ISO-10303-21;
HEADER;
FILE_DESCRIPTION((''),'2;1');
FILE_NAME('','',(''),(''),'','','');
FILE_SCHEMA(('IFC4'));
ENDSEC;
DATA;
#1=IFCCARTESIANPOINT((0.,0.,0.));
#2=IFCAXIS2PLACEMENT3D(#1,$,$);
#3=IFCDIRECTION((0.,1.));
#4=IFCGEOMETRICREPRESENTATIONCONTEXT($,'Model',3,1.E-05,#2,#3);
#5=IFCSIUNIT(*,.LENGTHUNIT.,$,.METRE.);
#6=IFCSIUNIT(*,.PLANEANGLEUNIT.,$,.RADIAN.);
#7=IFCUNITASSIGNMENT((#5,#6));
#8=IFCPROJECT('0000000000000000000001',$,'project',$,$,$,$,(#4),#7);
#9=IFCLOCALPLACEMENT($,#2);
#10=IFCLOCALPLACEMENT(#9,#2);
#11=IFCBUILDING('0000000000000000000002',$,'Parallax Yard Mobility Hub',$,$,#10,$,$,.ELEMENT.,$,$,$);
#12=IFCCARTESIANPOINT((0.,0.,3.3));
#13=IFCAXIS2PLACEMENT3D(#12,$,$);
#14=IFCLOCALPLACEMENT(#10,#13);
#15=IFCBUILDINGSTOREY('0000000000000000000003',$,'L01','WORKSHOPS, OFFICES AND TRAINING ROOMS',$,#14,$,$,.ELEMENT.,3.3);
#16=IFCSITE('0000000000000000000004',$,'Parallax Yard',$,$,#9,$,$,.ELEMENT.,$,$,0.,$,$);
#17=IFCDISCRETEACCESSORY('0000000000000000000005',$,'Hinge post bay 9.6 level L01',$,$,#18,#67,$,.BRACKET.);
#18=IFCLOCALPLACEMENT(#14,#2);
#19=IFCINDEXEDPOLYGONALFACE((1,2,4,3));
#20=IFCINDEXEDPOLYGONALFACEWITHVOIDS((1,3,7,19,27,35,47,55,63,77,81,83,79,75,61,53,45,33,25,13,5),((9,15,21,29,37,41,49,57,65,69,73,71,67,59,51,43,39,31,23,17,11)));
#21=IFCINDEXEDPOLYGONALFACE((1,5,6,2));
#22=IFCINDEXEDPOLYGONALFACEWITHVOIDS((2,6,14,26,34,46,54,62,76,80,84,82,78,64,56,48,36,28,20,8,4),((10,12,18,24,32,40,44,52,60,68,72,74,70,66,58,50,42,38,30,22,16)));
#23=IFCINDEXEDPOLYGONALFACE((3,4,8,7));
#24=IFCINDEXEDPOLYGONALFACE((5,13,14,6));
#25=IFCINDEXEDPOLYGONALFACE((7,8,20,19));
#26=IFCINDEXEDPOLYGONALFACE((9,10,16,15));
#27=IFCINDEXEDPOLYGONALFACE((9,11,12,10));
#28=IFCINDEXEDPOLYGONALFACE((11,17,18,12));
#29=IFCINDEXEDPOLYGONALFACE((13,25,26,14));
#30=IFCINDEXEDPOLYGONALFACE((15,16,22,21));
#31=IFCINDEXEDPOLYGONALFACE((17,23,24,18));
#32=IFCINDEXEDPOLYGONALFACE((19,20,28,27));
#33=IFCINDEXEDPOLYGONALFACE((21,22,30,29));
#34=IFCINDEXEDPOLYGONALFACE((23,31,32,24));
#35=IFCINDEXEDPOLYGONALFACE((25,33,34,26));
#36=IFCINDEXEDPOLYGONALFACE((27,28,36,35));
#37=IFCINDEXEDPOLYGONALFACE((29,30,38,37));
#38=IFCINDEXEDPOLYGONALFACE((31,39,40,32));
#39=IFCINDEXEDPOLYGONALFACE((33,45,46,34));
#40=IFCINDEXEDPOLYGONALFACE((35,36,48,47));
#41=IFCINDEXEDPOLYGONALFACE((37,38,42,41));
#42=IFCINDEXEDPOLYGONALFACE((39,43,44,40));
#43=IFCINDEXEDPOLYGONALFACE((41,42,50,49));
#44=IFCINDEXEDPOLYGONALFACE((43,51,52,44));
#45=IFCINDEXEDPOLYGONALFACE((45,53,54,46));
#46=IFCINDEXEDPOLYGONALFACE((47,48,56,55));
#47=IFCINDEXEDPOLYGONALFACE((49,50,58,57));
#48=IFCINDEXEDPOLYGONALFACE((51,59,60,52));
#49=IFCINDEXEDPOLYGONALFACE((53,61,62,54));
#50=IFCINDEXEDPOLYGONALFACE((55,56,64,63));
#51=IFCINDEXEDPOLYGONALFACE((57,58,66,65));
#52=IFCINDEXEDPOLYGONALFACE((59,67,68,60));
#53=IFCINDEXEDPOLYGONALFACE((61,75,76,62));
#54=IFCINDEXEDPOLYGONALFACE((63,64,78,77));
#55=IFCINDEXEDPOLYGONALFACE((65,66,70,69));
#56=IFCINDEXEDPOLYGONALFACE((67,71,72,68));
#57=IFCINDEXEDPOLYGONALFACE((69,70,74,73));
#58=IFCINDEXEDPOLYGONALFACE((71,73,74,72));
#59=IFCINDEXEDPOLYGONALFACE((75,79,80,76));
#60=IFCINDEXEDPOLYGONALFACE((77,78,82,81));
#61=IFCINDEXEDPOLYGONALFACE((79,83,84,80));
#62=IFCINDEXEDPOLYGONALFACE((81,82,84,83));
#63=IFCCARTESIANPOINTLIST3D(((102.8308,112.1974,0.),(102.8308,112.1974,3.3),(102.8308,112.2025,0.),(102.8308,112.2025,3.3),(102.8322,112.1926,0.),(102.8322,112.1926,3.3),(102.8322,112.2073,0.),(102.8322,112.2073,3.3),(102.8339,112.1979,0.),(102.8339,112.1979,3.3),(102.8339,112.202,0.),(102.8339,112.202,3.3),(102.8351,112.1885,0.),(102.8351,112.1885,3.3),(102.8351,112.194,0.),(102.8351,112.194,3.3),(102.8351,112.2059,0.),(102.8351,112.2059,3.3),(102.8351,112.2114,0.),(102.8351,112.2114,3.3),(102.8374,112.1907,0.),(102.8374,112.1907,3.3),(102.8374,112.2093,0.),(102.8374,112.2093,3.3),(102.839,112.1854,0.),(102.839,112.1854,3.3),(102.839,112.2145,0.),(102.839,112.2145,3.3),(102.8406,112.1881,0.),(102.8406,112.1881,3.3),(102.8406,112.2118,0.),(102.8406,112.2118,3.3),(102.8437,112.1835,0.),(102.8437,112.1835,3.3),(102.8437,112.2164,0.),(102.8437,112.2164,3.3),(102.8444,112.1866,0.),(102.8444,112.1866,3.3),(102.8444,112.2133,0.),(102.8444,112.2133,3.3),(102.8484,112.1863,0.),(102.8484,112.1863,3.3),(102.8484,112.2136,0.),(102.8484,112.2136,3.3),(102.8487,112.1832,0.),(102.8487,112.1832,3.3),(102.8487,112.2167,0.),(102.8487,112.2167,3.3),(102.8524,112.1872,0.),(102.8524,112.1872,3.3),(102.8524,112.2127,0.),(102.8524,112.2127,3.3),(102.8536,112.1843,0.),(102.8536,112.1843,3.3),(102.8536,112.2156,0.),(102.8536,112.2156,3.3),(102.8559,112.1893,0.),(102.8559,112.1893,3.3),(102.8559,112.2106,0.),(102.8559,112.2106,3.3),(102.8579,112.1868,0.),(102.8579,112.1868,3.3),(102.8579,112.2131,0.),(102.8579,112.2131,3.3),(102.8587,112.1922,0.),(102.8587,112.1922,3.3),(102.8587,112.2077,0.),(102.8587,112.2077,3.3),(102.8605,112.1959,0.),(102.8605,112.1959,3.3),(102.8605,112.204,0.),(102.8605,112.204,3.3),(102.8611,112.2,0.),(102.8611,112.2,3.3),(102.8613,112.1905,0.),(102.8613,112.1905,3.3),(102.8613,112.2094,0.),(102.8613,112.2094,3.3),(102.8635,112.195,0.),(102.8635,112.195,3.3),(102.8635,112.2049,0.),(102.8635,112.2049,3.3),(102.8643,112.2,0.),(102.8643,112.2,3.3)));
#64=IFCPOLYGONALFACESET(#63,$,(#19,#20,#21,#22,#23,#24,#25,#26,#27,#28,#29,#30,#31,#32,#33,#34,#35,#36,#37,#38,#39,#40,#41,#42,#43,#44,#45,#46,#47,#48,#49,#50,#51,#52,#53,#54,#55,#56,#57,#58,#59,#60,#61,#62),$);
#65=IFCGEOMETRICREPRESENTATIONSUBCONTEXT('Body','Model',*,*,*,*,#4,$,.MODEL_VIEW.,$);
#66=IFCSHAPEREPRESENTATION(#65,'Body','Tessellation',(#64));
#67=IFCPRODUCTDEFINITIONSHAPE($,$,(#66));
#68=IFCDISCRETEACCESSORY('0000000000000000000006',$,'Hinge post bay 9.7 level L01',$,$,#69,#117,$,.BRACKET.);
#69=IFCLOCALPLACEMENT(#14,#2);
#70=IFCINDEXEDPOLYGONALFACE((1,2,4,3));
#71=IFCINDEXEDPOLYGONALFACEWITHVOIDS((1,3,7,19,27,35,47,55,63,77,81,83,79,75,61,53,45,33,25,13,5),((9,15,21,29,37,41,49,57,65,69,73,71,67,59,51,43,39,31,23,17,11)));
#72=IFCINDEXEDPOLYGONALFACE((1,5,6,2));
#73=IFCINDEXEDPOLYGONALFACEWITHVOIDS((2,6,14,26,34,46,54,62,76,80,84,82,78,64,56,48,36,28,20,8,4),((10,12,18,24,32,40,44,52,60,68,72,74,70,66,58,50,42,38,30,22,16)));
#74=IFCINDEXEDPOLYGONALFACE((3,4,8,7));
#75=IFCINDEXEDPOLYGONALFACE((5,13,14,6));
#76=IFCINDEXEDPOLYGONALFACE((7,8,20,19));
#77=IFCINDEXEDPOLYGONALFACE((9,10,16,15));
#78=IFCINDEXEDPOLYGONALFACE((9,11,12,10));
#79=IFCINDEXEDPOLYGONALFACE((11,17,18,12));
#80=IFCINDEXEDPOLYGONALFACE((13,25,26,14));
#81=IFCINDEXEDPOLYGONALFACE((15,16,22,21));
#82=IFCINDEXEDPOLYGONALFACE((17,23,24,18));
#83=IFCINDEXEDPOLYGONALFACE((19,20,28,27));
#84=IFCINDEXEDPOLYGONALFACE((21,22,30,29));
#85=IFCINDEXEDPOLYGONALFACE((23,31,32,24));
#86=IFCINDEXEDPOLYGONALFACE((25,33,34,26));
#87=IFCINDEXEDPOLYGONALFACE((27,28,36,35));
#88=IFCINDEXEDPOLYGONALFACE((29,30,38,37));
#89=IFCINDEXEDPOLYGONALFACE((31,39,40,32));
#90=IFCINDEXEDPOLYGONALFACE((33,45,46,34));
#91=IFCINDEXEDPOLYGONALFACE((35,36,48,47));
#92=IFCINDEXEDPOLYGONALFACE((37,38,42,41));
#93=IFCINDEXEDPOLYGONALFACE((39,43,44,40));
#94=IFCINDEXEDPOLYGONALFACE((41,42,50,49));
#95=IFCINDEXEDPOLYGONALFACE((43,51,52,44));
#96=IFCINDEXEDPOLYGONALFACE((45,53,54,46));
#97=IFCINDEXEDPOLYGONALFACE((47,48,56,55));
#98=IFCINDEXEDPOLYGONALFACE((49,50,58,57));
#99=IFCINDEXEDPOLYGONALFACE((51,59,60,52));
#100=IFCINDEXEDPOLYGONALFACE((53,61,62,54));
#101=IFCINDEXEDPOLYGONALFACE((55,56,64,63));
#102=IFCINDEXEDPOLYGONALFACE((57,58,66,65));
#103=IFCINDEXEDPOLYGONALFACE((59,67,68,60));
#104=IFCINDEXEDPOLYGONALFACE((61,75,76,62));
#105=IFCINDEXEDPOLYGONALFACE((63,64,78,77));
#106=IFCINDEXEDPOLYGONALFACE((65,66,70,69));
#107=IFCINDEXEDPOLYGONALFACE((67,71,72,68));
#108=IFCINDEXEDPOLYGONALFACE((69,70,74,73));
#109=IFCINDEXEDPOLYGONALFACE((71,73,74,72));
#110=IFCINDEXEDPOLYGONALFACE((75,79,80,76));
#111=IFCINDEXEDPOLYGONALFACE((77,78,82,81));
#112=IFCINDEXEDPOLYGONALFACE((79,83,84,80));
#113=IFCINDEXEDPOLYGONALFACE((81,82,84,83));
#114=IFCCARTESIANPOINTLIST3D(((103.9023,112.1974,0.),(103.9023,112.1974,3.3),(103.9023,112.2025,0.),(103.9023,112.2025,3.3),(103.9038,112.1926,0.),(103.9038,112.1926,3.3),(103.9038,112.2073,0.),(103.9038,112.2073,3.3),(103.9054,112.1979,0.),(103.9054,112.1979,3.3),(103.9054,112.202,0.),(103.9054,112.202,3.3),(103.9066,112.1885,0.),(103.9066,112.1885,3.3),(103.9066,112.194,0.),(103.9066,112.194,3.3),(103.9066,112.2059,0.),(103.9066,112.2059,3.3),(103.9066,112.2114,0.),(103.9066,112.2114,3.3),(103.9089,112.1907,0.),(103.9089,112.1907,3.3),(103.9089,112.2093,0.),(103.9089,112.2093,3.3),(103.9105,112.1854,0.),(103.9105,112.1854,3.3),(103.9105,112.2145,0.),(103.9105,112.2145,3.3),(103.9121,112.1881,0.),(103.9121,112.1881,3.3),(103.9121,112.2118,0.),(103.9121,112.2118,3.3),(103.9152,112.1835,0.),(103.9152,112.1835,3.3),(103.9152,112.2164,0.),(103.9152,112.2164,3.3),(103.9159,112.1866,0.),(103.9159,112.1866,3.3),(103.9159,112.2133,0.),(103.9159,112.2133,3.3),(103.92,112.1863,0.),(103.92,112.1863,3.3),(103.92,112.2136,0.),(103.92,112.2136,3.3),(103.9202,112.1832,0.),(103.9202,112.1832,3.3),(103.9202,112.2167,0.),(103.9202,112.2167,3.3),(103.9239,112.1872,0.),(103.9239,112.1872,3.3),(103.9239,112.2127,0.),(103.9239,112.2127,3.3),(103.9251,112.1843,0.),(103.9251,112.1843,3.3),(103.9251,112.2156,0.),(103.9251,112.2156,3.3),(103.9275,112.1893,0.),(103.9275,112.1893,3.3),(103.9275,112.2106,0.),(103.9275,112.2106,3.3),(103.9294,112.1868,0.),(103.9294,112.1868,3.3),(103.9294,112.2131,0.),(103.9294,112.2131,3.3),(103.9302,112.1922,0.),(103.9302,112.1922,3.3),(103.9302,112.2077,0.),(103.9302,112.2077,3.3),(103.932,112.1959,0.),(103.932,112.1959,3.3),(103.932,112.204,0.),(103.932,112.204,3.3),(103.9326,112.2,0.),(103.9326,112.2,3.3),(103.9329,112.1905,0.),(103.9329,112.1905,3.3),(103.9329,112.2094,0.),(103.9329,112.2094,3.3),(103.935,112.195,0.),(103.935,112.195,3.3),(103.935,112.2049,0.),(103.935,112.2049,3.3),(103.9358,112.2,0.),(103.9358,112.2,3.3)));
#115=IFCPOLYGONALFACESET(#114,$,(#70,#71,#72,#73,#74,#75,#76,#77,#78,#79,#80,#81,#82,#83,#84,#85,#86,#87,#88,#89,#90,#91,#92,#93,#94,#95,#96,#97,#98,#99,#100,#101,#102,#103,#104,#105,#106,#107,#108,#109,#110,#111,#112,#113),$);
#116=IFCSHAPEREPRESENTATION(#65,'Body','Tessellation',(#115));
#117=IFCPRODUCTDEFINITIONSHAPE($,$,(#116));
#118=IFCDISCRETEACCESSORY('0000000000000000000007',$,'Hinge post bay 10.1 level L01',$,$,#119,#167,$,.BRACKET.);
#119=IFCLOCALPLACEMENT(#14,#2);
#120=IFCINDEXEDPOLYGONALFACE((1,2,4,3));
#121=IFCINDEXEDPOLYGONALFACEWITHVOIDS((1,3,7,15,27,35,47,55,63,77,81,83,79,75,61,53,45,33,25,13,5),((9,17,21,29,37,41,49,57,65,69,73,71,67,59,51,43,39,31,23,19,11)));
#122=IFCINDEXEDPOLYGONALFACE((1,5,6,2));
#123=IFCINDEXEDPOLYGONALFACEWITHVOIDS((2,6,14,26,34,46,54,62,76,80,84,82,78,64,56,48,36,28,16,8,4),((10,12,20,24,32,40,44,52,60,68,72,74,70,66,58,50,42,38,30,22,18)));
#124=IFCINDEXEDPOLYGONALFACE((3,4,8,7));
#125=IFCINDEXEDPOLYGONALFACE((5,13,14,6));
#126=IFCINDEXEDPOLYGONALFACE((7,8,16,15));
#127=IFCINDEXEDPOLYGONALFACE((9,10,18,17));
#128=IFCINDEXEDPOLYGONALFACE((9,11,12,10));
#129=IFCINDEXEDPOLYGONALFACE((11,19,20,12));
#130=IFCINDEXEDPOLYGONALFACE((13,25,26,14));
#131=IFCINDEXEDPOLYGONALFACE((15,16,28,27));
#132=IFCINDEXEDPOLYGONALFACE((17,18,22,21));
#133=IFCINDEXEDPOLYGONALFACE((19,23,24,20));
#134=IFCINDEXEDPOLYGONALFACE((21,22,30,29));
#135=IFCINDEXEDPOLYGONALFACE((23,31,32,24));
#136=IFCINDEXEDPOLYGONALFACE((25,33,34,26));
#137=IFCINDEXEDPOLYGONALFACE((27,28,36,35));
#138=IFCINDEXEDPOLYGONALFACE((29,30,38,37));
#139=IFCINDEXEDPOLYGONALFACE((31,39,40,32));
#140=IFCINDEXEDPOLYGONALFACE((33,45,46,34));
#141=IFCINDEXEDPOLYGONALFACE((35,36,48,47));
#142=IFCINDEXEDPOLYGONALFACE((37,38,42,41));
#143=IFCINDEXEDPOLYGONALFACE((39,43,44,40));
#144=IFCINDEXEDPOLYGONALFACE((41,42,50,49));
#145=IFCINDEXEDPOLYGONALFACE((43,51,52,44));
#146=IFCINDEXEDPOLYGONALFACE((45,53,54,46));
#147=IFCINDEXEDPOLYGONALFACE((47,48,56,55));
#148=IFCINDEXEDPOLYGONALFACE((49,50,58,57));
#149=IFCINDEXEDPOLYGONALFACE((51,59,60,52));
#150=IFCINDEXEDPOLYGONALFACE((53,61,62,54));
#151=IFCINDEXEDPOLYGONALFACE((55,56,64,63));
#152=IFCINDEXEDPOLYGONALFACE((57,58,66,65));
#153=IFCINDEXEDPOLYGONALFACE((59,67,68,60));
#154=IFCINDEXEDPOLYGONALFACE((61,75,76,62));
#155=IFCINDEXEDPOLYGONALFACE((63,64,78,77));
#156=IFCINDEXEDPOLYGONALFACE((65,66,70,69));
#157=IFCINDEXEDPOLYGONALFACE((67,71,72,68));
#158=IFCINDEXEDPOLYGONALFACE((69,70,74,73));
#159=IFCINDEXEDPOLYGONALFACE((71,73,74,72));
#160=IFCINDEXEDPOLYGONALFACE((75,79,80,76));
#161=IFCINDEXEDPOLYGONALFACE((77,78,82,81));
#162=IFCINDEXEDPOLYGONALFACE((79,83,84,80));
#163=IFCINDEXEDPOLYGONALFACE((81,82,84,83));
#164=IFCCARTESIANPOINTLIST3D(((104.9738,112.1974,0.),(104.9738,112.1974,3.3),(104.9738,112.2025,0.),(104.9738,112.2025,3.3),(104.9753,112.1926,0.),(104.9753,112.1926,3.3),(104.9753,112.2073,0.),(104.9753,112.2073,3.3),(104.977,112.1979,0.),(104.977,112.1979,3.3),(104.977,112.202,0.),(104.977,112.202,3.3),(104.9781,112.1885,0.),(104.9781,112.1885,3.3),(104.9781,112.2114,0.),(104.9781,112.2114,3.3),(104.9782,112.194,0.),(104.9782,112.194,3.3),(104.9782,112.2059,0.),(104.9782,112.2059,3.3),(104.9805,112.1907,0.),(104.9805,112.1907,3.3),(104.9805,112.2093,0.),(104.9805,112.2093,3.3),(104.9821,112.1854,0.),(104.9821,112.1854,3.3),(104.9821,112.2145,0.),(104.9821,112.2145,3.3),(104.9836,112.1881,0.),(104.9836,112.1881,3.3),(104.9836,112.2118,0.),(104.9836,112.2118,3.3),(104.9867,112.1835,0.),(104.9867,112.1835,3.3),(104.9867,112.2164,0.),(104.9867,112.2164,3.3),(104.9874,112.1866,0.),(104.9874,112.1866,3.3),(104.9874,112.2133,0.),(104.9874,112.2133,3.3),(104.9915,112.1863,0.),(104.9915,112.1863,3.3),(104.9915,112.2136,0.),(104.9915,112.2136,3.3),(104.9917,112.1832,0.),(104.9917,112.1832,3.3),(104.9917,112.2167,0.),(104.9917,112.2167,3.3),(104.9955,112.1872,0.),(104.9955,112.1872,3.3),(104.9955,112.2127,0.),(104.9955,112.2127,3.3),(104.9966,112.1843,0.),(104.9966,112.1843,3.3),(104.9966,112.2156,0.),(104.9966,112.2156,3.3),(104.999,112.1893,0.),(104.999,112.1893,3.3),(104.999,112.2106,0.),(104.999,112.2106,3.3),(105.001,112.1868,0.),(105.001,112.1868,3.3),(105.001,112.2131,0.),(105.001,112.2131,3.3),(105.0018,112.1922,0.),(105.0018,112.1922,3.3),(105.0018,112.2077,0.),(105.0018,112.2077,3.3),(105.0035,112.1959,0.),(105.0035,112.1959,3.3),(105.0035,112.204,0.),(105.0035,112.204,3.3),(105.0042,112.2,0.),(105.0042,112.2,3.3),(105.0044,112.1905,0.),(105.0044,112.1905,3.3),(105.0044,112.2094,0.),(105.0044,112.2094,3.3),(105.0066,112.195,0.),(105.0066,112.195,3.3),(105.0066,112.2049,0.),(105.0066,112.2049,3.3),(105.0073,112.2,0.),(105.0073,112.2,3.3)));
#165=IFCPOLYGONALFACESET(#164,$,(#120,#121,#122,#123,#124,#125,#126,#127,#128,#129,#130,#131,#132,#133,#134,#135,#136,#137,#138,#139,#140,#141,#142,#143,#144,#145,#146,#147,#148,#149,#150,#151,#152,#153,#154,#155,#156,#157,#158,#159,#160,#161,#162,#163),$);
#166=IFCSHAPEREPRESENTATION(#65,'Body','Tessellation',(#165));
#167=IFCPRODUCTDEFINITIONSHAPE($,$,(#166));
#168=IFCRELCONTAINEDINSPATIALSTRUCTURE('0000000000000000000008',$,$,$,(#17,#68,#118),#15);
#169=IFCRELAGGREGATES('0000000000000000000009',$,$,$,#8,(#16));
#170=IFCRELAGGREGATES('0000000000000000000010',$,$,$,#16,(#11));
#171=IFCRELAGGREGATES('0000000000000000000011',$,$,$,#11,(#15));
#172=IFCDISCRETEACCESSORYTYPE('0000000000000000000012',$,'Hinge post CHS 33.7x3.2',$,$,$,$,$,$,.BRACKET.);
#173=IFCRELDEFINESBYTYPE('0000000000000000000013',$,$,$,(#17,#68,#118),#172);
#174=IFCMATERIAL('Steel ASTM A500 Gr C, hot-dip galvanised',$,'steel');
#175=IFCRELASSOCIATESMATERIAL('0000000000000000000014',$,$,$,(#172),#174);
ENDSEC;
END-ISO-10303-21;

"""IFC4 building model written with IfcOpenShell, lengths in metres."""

from ifc_helpers import new_model, si_unit, direction, frame, origin, origin_2d, place, context, subcontext, project, spatial, hollow_circle, extrude, material, material_profile, profile_set, type_object, element, save


model = new_model("IFC4")

# Units and contexts
model_context = context("Model", 3, precision=1e-05, world=origin(), true_north=direction((0.0, 1.0)))
body_context = subcontext(model_context, "Body", "Model", "MODEL_VIEW")
ifc_project = project(units=[si_unit("LENGTHUNIT", "METRE"), si_unit("PLANEANGLEUNIT", "RADIAN")], contexts=[model_context])

# Site, building, storey
site_placement = place(None, origin())
site = spatial("IfcSite", under=ifc_project, at=site_placement, Name="Parallax Yard", CompositionType="ELEMENT", RefElevation=0.0)
building_placement = place(site_placement, origin())
building = spatial("IfcBuilding", under=site, at=building_placement, Name="Parallax Yard Mobility Hub", CompositionType="ELEMENT")
storey_placement = place(building_placement, frame((0.0, 0.0, 3.3)))
storey = spatial("IfcBuildingStorey", under=building, at=storey_placement, Name="L01", Description="WORKSHOPS, OFFICES AND TRAINING ROOMS", CompositionType="ELEMENT", Elevation=3.3)

# Discrete accessories
ifc_material_1 = material(Name="Steel ASTM A500 Gr C, hot-dip galvanised", Category="steel")
ifc_material_profile_1 = material_profile(ifc_material_1, hollow_circle(Radius=0.0168, WallThickness=0.0032, at=origin_2d()), Name="CHS 33.7x3.2")
ifc_profile_set_1 = profile_set([ifc_material_profile_1], Name="Steel ASTM A500 Gr C, hot-dip galvanised")
discrete_accessory_type_1 = type_object("IfcDiscreteAccessoryType", Name="Hinge post CHS 33.7x3.2", PredefinedType="BRACKET", material=ifc_profile_set_1)
for number, where, z_axis, x_axis, name in (
    (1, (102.8474, 112.2, 0.0), (0.0, 0.0, 1.0), (1.0, 0.0, 0.0), "Hinge post bay 9.6 level L01"),
    (2, (103.9189, 112.2, 0.0), (0.0, 0.0, 1.0), (1.0, 0.0, 0.0), "Hinge post bay 9.7 level L01"),
    (3, (104.9905, 112.2, 0.0), (0.0, 0.0, 1.0), (1.0, 0.0, 0.0), "Hinge post bay 10.1 level L01"),
):
    element("IfcDiscreteAccessory", number, at=place(storey_placement, frame(where, z_axis=z_axis, x_axis=x_axis)), inside=storey, type_object=discrete_accessory_type_1, Name=name, PredefinedType="BRACKET", context=body_context, shape_type="SweptSolid", body=[
        extrude(hollow_circle(Radius=0.0168, WallThickness=0.0032, at=origin_2d()), origin(), (0.0, 0.0, 1.0), 3.3),
    ])

save(model, "model.ifc")
